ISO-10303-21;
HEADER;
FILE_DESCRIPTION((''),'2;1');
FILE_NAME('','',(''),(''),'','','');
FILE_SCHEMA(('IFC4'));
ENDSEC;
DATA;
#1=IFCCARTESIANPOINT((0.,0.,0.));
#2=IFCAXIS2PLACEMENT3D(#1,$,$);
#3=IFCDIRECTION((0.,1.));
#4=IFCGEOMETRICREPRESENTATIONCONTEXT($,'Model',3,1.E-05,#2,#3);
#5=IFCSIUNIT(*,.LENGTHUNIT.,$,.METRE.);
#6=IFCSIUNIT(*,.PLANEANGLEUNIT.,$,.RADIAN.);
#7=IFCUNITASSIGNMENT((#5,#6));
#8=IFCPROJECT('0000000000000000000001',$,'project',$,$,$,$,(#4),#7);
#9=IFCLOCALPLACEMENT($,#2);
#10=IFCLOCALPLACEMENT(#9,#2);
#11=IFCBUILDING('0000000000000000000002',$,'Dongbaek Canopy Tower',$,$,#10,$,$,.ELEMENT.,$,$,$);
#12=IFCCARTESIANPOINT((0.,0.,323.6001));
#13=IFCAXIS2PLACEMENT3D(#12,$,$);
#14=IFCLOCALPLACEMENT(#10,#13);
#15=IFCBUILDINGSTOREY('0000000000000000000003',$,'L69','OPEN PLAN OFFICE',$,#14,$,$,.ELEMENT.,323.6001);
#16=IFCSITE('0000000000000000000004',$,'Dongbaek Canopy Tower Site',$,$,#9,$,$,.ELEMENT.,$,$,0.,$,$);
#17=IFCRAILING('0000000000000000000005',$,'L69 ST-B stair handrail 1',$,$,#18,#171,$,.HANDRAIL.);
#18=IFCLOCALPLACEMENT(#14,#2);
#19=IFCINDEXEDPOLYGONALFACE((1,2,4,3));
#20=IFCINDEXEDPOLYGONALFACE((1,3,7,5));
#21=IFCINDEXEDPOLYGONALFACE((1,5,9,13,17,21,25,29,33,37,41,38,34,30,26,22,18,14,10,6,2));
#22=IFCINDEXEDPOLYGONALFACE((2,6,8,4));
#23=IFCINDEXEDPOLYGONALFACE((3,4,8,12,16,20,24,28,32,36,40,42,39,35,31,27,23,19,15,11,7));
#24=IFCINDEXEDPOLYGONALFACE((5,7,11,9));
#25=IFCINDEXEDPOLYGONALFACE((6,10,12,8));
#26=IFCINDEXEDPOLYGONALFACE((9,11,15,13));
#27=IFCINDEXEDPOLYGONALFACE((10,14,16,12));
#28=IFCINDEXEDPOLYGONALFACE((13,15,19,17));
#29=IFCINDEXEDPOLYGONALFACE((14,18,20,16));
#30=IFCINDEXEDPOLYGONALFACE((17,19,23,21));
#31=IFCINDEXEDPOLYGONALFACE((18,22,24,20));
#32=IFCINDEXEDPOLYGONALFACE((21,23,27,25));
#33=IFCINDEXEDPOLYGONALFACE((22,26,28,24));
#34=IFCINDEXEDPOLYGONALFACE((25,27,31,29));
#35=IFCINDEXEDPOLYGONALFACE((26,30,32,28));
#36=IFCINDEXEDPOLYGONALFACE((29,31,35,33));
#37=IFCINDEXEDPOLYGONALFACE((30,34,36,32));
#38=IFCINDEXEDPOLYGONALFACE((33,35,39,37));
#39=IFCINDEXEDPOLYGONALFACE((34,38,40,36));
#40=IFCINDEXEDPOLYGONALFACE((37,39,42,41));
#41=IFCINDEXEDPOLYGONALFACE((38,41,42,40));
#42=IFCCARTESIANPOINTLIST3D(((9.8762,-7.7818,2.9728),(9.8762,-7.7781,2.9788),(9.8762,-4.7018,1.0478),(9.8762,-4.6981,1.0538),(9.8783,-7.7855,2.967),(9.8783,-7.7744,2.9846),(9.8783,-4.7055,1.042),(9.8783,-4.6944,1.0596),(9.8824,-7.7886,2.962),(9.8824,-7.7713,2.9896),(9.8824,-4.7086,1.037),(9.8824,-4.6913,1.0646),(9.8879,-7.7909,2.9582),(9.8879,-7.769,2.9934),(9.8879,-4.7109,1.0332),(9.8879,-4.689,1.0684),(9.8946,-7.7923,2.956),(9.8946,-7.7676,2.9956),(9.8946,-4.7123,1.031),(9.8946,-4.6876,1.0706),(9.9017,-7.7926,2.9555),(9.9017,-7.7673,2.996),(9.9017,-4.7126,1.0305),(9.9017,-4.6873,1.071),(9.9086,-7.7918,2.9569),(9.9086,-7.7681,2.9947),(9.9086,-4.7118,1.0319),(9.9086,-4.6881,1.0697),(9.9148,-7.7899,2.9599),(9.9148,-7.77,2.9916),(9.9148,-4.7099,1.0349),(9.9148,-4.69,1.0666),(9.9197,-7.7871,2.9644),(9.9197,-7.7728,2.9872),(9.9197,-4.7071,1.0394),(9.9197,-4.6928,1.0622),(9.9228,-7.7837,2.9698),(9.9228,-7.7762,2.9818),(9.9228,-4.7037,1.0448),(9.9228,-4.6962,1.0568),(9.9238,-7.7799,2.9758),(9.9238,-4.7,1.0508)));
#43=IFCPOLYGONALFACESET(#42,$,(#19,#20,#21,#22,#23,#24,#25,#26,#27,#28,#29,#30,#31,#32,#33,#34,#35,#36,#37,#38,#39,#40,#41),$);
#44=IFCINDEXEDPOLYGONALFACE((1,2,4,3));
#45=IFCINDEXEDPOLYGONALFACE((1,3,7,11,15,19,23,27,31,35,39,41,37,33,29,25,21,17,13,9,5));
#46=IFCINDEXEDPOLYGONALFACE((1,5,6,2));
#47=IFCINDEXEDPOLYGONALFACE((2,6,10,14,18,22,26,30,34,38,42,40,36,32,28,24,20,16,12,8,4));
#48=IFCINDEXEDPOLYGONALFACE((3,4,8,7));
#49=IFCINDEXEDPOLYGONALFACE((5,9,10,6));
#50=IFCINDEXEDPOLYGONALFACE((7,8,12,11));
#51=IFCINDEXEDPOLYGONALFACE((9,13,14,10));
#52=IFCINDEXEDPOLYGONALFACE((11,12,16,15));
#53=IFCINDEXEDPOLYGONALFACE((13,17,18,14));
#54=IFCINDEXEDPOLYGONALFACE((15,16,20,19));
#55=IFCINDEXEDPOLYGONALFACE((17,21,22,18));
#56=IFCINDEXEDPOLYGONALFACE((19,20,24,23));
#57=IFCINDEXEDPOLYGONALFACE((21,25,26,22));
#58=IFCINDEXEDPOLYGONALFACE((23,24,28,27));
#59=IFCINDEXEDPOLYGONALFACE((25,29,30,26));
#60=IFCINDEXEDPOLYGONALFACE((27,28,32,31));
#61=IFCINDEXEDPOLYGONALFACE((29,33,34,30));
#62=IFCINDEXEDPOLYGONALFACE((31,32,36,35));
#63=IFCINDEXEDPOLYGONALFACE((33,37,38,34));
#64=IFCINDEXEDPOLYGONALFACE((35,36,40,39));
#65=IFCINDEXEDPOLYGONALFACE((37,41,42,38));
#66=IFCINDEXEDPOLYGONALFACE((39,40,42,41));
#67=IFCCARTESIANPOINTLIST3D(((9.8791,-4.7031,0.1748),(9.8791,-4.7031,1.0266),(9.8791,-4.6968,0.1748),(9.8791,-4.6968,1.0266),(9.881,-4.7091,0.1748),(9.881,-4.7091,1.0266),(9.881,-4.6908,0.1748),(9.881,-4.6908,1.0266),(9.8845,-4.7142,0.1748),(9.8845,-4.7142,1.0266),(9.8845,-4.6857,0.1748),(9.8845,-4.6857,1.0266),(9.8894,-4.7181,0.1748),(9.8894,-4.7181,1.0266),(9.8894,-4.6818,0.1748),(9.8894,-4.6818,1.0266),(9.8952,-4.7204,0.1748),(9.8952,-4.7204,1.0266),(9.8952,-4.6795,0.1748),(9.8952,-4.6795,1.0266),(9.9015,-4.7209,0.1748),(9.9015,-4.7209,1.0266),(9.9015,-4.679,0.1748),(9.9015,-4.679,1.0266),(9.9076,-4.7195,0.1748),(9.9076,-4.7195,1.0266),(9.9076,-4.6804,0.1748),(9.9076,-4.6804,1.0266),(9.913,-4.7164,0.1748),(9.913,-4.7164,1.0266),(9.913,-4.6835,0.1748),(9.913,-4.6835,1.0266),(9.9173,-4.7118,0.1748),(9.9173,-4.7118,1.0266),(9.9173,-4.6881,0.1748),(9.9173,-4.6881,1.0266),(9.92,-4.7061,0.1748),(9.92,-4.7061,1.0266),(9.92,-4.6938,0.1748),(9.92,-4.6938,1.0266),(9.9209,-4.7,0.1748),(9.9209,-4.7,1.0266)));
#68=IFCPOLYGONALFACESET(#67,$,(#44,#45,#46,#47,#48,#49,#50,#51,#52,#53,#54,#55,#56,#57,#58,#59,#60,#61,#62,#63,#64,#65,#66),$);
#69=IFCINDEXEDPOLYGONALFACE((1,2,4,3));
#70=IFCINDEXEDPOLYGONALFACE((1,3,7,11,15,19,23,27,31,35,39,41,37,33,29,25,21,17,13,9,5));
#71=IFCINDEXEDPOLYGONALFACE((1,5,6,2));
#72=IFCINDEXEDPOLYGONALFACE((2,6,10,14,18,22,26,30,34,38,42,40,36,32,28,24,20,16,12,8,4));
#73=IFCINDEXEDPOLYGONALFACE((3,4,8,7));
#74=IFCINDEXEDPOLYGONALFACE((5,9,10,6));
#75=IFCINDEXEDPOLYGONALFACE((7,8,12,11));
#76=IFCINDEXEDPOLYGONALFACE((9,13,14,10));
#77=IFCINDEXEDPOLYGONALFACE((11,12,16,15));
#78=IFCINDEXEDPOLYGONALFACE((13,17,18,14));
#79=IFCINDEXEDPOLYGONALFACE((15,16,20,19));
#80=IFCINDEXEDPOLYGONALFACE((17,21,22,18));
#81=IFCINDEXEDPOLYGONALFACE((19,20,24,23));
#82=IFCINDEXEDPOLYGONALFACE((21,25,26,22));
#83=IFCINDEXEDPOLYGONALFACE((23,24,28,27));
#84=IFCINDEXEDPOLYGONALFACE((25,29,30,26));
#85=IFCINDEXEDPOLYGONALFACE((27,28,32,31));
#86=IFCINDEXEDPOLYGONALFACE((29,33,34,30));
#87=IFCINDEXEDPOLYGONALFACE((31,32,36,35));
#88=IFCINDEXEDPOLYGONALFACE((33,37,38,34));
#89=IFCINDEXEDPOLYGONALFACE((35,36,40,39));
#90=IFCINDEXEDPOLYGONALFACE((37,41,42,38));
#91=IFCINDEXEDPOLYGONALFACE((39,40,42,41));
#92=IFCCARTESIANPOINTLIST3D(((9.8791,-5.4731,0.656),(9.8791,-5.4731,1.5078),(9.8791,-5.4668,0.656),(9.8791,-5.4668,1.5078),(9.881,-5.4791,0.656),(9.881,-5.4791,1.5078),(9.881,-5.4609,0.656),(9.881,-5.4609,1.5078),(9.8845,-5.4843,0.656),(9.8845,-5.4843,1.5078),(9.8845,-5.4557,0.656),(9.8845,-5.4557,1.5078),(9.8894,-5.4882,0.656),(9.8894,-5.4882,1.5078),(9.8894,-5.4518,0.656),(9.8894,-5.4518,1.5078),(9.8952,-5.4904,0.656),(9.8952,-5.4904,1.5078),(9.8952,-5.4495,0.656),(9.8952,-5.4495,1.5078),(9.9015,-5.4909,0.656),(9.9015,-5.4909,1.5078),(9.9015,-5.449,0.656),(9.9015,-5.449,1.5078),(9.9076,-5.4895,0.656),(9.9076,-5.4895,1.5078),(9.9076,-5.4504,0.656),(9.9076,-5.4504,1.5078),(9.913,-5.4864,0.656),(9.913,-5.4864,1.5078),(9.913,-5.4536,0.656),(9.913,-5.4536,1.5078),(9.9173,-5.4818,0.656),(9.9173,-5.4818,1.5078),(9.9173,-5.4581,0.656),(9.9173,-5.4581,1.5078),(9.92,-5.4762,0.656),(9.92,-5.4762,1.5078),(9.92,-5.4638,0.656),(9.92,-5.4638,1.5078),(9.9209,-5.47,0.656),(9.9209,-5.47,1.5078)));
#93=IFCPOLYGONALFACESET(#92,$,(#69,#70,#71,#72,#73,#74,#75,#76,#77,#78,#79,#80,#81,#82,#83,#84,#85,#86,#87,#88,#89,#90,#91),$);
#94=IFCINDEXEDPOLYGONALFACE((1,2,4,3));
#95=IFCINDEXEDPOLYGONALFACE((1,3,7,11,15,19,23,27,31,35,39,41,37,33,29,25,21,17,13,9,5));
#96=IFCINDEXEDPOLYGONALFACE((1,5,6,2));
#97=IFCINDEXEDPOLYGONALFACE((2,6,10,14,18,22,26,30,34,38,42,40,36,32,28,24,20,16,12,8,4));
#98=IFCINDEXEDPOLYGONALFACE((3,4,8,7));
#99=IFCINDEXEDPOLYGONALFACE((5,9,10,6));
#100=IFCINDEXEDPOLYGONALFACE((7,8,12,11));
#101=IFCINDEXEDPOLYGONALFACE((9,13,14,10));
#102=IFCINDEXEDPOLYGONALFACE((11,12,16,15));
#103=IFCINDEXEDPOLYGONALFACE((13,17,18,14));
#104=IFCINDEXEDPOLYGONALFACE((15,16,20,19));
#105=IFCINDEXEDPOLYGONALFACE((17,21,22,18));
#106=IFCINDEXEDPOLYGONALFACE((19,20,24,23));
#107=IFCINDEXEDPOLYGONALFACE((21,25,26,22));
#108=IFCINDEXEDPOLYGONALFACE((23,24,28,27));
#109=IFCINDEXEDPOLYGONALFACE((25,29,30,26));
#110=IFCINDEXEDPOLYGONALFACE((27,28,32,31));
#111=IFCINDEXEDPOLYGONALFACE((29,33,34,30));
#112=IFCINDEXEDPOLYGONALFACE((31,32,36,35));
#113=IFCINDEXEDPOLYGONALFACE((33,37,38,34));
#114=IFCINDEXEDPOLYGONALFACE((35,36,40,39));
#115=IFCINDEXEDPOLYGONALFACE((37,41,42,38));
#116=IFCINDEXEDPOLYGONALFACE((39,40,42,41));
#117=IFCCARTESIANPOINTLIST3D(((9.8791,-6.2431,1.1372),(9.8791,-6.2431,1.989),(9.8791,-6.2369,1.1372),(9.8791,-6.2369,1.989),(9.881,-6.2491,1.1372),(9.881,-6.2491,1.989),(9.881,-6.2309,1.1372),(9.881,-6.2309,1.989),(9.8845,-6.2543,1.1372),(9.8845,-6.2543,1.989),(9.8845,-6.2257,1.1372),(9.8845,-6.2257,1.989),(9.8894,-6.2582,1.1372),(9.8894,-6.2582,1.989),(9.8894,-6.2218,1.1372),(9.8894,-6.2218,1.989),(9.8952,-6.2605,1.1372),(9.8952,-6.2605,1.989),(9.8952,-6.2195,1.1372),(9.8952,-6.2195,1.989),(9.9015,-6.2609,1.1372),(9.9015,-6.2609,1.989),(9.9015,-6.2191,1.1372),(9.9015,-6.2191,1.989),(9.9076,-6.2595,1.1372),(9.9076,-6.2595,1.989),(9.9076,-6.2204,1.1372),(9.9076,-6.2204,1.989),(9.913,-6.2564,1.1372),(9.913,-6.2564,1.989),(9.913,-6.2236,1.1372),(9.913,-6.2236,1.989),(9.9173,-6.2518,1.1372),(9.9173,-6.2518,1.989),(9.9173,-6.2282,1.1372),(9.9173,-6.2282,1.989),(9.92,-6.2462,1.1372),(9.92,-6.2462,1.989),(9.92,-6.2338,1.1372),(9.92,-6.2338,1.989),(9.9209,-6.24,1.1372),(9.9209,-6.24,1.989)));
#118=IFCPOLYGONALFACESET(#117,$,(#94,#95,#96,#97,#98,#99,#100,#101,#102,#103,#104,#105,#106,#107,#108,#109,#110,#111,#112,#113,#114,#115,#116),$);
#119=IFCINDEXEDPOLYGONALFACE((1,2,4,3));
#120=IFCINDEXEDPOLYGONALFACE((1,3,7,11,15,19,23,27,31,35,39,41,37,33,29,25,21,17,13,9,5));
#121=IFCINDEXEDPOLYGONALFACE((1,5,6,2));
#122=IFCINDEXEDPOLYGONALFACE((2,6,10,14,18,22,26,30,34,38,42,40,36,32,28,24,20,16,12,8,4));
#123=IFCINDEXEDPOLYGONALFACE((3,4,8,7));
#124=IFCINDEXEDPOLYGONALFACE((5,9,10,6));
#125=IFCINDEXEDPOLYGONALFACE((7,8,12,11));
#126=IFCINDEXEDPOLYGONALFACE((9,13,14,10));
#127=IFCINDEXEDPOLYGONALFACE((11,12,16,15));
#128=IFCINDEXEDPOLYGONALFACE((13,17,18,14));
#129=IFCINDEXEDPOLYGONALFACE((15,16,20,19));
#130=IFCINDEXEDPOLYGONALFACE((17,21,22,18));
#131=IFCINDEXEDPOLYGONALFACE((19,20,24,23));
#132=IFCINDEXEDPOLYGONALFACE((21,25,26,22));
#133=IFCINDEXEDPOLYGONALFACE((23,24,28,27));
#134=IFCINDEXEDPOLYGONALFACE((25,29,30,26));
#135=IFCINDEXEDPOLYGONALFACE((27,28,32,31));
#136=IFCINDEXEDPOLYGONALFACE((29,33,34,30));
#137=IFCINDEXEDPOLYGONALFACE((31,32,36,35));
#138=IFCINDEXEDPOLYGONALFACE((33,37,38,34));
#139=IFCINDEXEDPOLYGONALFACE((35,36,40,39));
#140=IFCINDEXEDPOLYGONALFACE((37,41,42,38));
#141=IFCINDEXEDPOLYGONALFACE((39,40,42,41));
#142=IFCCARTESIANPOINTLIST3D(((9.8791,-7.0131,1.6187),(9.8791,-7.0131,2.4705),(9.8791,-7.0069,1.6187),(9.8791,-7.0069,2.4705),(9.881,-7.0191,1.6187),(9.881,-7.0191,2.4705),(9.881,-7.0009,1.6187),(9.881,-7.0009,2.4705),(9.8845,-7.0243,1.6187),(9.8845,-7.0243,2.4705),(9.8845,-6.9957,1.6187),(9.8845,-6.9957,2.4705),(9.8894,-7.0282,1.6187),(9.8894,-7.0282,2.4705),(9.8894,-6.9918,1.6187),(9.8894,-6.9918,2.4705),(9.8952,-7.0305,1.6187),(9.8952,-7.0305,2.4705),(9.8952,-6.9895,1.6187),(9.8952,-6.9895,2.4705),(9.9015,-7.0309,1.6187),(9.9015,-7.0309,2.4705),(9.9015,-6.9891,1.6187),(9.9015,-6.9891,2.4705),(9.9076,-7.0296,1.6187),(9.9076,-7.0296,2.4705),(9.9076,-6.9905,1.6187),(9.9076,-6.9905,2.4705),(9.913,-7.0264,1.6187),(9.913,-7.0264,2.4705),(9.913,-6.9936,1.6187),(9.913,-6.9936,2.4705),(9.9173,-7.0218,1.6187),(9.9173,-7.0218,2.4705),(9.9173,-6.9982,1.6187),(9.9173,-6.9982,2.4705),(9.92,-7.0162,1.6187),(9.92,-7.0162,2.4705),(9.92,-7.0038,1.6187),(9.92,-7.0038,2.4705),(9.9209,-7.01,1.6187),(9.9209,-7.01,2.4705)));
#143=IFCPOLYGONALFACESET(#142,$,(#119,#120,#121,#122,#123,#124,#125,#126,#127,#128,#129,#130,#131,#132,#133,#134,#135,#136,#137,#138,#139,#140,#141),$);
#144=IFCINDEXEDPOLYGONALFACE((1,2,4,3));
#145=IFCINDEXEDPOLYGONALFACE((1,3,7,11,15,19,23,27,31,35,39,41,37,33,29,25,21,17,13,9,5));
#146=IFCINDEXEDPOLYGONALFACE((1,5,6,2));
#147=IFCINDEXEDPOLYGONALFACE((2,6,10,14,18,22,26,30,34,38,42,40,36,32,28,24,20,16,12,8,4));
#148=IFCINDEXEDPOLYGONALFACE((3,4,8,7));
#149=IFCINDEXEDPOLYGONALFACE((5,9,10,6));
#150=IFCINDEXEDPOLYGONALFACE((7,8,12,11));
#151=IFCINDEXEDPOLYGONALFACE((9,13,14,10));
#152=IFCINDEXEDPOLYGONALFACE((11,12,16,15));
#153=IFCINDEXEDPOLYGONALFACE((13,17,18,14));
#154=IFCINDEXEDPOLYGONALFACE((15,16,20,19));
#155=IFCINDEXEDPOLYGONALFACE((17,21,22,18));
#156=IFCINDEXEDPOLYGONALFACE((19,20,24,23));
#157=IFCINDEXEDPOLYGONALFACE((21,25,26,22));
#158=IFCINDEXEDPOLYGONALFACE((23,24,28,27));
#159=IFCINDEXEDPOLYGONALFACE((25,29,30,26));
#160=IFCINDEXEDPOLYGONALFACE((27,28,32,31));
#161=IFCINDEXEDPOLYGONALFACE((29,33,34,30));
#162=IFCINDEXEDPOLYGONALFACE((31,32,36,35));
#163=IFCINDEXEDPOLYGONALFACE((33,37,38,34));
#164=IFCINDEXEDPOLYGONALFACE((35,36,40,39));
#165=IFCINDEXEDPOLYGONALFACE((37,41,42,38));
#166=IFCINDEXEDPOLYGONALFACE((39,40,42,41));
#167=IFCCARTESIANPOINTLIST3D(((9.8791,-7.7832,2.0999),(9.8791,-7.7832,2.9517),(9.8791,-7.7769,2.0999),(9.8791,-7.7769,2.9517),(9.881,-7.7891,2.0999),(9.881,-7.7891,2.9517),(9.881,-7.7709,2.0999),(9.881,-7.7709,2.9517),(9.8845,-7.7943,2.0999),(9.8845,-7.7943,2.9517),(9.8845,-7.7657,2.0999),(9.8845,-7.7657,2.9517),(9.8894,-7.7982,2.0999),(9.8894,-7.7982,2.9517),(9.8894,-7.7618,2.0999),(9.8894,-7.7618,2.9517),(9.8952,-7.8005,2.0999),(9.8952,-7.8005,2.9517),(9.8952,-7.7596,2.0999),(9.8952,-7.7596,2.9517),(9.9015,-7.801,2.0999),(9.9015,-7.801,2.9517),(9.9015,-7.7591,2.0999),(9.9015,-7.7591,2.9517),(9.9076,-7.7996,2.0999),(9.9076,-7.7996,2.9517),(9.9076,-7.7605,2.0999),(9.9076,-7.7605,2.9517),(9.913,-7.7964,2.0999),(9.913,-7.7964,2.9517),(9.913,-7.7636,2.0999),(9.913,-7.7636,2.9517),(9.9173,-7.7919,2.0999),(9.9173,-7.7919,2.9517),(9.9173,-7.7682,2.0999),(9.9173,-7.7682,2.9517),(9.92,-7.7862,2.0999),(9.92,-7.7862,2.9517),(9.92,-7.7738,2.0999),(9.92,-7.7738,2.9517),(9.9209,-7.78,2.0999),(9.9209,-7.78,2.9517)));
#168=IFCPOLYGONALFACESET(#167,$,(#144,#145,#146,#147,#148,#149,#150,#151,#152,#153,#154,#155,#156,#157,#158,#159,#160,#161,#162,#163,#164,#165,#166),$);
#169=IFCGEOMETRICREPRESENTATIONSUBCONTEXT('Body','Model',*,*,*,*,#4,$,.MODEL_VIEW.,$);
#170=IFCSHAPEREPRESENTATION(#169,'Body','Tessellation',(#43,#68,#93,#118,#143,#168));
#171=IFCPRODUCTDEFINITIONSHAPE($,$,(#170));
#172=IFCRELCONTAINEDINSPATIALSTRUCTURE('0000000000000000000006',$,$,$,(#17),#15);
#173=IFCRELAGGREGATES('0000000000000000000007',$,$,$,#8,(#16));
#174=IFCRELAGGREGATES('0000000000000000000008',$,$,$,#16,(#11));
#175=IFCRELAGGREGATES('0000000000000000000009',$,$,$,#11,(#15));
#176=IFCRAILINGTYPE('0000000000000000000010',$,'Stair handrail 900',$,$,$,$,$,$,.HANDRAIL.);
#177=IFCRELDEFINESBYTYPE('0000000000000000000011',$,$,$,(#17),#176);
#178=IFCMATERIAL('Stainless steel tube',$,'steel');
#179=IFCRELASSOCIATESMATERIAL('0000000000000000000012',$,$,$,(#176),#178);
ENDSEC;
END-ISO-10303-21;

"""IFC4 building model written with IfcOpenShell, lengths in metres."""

from ifc_helpers import new_model, si_unit, direction, frame, origin, origin_2d, place, context, subcontext, project, spatial, circle, extrude, material, type_object, element, save


model = new_model("IFC4")

# Units and contexts
model_context = context("Model", 3, precision=1e-05, world=origin(), true_north=direction((0.0, 1.0)))
body_context = subcontext(model_context, "Body", "Model", "MODEL_VIEW")
ifc_project = project(units=[si_unit("LENGTHUNIT", "METRE"), si_unit("PLANEANGLEUNIT", "RADIAN")], contexts=[model_context])

# Site, building, storey
site_placement = place(None, origin())
site = spatial("IfcSite", under=ifc_project, at=site_placement, Name="Dongbaek Canopy Tower Site", CompositionType="ELEMENT", RefElevation=0.0)
building_placement = place(site_placement, origin())
building = spatial("IfcBuilding", under=site, at=building_placement, Name="Dongbaek Canopy Tower", CompositionType="ELEMENT")
storey_placement = place(building_placement, frame((0.0, 0.0, 323.6001)))
storey = spatial("IfcBuildingStorey", under=building, at=storey_placement, Name="L69", Description="OPEN PLAN OFFICE", CompositionType="ELEMENT", Elevation=323.6001)

# Railing
ifc_material_1 = material(Name="Stainless steel tube", Category="steel")
railing_type_1 = type_object("IfcRailingType", Name="Stair handrail 900", PredefinedType="HANDRAIL", material=ifc_material_1)
railing_1_placement = place(storey_placement, frame((9.8999, -4.7, 0.1748)))
element("IfcRailing", 1, at=railing_1_placement, inside=storey, type_object=railing_type_1, Name="L69 ST-B stair handrail 1", PredefinedType="HANDRAIL", context=body_context, shape_type="SweptSolid", body=[
    extrude(circle(Radius=0.0239, at=origin_2d()), frame((0.0, 0.0, 0.876), z_axis=(0.0, -0.847998, 0.529999), x_axis=(1.0, 0.0, 0.0)), (0.0, 0.0, 1.0), 3.6321),
    extrude(circle(Radius=0.021, at=origin_2d()), origin(), (0.0, 0.0, 1.0), 0.8518),
    extrude(circle(Radius=0.021, at=origin_2d()), frame((0.0, -0.77, 0.4812)), (0.0, 0.0, 1.0), 0.8518),
    extrude(circle(Radius=0.021, at=origin_2d()), frame((0.0, -1.54, 0.9624)), (0.0, 0.0, 1.0), 0.8518),
    extrude(circle(Radius=0.021, at=origin_2d()), frame((0.0, -2.3101, 1.4438)), (0.0, 0.0, 1.0), 0.8518),
    extrude(circle(Radius=0.021, at=origin_2d()), frame((0.0, -3.0801, 1.925)), (0.0, 0.0, 1.0), 0.8518),
])

save(model, "model.ifc")
